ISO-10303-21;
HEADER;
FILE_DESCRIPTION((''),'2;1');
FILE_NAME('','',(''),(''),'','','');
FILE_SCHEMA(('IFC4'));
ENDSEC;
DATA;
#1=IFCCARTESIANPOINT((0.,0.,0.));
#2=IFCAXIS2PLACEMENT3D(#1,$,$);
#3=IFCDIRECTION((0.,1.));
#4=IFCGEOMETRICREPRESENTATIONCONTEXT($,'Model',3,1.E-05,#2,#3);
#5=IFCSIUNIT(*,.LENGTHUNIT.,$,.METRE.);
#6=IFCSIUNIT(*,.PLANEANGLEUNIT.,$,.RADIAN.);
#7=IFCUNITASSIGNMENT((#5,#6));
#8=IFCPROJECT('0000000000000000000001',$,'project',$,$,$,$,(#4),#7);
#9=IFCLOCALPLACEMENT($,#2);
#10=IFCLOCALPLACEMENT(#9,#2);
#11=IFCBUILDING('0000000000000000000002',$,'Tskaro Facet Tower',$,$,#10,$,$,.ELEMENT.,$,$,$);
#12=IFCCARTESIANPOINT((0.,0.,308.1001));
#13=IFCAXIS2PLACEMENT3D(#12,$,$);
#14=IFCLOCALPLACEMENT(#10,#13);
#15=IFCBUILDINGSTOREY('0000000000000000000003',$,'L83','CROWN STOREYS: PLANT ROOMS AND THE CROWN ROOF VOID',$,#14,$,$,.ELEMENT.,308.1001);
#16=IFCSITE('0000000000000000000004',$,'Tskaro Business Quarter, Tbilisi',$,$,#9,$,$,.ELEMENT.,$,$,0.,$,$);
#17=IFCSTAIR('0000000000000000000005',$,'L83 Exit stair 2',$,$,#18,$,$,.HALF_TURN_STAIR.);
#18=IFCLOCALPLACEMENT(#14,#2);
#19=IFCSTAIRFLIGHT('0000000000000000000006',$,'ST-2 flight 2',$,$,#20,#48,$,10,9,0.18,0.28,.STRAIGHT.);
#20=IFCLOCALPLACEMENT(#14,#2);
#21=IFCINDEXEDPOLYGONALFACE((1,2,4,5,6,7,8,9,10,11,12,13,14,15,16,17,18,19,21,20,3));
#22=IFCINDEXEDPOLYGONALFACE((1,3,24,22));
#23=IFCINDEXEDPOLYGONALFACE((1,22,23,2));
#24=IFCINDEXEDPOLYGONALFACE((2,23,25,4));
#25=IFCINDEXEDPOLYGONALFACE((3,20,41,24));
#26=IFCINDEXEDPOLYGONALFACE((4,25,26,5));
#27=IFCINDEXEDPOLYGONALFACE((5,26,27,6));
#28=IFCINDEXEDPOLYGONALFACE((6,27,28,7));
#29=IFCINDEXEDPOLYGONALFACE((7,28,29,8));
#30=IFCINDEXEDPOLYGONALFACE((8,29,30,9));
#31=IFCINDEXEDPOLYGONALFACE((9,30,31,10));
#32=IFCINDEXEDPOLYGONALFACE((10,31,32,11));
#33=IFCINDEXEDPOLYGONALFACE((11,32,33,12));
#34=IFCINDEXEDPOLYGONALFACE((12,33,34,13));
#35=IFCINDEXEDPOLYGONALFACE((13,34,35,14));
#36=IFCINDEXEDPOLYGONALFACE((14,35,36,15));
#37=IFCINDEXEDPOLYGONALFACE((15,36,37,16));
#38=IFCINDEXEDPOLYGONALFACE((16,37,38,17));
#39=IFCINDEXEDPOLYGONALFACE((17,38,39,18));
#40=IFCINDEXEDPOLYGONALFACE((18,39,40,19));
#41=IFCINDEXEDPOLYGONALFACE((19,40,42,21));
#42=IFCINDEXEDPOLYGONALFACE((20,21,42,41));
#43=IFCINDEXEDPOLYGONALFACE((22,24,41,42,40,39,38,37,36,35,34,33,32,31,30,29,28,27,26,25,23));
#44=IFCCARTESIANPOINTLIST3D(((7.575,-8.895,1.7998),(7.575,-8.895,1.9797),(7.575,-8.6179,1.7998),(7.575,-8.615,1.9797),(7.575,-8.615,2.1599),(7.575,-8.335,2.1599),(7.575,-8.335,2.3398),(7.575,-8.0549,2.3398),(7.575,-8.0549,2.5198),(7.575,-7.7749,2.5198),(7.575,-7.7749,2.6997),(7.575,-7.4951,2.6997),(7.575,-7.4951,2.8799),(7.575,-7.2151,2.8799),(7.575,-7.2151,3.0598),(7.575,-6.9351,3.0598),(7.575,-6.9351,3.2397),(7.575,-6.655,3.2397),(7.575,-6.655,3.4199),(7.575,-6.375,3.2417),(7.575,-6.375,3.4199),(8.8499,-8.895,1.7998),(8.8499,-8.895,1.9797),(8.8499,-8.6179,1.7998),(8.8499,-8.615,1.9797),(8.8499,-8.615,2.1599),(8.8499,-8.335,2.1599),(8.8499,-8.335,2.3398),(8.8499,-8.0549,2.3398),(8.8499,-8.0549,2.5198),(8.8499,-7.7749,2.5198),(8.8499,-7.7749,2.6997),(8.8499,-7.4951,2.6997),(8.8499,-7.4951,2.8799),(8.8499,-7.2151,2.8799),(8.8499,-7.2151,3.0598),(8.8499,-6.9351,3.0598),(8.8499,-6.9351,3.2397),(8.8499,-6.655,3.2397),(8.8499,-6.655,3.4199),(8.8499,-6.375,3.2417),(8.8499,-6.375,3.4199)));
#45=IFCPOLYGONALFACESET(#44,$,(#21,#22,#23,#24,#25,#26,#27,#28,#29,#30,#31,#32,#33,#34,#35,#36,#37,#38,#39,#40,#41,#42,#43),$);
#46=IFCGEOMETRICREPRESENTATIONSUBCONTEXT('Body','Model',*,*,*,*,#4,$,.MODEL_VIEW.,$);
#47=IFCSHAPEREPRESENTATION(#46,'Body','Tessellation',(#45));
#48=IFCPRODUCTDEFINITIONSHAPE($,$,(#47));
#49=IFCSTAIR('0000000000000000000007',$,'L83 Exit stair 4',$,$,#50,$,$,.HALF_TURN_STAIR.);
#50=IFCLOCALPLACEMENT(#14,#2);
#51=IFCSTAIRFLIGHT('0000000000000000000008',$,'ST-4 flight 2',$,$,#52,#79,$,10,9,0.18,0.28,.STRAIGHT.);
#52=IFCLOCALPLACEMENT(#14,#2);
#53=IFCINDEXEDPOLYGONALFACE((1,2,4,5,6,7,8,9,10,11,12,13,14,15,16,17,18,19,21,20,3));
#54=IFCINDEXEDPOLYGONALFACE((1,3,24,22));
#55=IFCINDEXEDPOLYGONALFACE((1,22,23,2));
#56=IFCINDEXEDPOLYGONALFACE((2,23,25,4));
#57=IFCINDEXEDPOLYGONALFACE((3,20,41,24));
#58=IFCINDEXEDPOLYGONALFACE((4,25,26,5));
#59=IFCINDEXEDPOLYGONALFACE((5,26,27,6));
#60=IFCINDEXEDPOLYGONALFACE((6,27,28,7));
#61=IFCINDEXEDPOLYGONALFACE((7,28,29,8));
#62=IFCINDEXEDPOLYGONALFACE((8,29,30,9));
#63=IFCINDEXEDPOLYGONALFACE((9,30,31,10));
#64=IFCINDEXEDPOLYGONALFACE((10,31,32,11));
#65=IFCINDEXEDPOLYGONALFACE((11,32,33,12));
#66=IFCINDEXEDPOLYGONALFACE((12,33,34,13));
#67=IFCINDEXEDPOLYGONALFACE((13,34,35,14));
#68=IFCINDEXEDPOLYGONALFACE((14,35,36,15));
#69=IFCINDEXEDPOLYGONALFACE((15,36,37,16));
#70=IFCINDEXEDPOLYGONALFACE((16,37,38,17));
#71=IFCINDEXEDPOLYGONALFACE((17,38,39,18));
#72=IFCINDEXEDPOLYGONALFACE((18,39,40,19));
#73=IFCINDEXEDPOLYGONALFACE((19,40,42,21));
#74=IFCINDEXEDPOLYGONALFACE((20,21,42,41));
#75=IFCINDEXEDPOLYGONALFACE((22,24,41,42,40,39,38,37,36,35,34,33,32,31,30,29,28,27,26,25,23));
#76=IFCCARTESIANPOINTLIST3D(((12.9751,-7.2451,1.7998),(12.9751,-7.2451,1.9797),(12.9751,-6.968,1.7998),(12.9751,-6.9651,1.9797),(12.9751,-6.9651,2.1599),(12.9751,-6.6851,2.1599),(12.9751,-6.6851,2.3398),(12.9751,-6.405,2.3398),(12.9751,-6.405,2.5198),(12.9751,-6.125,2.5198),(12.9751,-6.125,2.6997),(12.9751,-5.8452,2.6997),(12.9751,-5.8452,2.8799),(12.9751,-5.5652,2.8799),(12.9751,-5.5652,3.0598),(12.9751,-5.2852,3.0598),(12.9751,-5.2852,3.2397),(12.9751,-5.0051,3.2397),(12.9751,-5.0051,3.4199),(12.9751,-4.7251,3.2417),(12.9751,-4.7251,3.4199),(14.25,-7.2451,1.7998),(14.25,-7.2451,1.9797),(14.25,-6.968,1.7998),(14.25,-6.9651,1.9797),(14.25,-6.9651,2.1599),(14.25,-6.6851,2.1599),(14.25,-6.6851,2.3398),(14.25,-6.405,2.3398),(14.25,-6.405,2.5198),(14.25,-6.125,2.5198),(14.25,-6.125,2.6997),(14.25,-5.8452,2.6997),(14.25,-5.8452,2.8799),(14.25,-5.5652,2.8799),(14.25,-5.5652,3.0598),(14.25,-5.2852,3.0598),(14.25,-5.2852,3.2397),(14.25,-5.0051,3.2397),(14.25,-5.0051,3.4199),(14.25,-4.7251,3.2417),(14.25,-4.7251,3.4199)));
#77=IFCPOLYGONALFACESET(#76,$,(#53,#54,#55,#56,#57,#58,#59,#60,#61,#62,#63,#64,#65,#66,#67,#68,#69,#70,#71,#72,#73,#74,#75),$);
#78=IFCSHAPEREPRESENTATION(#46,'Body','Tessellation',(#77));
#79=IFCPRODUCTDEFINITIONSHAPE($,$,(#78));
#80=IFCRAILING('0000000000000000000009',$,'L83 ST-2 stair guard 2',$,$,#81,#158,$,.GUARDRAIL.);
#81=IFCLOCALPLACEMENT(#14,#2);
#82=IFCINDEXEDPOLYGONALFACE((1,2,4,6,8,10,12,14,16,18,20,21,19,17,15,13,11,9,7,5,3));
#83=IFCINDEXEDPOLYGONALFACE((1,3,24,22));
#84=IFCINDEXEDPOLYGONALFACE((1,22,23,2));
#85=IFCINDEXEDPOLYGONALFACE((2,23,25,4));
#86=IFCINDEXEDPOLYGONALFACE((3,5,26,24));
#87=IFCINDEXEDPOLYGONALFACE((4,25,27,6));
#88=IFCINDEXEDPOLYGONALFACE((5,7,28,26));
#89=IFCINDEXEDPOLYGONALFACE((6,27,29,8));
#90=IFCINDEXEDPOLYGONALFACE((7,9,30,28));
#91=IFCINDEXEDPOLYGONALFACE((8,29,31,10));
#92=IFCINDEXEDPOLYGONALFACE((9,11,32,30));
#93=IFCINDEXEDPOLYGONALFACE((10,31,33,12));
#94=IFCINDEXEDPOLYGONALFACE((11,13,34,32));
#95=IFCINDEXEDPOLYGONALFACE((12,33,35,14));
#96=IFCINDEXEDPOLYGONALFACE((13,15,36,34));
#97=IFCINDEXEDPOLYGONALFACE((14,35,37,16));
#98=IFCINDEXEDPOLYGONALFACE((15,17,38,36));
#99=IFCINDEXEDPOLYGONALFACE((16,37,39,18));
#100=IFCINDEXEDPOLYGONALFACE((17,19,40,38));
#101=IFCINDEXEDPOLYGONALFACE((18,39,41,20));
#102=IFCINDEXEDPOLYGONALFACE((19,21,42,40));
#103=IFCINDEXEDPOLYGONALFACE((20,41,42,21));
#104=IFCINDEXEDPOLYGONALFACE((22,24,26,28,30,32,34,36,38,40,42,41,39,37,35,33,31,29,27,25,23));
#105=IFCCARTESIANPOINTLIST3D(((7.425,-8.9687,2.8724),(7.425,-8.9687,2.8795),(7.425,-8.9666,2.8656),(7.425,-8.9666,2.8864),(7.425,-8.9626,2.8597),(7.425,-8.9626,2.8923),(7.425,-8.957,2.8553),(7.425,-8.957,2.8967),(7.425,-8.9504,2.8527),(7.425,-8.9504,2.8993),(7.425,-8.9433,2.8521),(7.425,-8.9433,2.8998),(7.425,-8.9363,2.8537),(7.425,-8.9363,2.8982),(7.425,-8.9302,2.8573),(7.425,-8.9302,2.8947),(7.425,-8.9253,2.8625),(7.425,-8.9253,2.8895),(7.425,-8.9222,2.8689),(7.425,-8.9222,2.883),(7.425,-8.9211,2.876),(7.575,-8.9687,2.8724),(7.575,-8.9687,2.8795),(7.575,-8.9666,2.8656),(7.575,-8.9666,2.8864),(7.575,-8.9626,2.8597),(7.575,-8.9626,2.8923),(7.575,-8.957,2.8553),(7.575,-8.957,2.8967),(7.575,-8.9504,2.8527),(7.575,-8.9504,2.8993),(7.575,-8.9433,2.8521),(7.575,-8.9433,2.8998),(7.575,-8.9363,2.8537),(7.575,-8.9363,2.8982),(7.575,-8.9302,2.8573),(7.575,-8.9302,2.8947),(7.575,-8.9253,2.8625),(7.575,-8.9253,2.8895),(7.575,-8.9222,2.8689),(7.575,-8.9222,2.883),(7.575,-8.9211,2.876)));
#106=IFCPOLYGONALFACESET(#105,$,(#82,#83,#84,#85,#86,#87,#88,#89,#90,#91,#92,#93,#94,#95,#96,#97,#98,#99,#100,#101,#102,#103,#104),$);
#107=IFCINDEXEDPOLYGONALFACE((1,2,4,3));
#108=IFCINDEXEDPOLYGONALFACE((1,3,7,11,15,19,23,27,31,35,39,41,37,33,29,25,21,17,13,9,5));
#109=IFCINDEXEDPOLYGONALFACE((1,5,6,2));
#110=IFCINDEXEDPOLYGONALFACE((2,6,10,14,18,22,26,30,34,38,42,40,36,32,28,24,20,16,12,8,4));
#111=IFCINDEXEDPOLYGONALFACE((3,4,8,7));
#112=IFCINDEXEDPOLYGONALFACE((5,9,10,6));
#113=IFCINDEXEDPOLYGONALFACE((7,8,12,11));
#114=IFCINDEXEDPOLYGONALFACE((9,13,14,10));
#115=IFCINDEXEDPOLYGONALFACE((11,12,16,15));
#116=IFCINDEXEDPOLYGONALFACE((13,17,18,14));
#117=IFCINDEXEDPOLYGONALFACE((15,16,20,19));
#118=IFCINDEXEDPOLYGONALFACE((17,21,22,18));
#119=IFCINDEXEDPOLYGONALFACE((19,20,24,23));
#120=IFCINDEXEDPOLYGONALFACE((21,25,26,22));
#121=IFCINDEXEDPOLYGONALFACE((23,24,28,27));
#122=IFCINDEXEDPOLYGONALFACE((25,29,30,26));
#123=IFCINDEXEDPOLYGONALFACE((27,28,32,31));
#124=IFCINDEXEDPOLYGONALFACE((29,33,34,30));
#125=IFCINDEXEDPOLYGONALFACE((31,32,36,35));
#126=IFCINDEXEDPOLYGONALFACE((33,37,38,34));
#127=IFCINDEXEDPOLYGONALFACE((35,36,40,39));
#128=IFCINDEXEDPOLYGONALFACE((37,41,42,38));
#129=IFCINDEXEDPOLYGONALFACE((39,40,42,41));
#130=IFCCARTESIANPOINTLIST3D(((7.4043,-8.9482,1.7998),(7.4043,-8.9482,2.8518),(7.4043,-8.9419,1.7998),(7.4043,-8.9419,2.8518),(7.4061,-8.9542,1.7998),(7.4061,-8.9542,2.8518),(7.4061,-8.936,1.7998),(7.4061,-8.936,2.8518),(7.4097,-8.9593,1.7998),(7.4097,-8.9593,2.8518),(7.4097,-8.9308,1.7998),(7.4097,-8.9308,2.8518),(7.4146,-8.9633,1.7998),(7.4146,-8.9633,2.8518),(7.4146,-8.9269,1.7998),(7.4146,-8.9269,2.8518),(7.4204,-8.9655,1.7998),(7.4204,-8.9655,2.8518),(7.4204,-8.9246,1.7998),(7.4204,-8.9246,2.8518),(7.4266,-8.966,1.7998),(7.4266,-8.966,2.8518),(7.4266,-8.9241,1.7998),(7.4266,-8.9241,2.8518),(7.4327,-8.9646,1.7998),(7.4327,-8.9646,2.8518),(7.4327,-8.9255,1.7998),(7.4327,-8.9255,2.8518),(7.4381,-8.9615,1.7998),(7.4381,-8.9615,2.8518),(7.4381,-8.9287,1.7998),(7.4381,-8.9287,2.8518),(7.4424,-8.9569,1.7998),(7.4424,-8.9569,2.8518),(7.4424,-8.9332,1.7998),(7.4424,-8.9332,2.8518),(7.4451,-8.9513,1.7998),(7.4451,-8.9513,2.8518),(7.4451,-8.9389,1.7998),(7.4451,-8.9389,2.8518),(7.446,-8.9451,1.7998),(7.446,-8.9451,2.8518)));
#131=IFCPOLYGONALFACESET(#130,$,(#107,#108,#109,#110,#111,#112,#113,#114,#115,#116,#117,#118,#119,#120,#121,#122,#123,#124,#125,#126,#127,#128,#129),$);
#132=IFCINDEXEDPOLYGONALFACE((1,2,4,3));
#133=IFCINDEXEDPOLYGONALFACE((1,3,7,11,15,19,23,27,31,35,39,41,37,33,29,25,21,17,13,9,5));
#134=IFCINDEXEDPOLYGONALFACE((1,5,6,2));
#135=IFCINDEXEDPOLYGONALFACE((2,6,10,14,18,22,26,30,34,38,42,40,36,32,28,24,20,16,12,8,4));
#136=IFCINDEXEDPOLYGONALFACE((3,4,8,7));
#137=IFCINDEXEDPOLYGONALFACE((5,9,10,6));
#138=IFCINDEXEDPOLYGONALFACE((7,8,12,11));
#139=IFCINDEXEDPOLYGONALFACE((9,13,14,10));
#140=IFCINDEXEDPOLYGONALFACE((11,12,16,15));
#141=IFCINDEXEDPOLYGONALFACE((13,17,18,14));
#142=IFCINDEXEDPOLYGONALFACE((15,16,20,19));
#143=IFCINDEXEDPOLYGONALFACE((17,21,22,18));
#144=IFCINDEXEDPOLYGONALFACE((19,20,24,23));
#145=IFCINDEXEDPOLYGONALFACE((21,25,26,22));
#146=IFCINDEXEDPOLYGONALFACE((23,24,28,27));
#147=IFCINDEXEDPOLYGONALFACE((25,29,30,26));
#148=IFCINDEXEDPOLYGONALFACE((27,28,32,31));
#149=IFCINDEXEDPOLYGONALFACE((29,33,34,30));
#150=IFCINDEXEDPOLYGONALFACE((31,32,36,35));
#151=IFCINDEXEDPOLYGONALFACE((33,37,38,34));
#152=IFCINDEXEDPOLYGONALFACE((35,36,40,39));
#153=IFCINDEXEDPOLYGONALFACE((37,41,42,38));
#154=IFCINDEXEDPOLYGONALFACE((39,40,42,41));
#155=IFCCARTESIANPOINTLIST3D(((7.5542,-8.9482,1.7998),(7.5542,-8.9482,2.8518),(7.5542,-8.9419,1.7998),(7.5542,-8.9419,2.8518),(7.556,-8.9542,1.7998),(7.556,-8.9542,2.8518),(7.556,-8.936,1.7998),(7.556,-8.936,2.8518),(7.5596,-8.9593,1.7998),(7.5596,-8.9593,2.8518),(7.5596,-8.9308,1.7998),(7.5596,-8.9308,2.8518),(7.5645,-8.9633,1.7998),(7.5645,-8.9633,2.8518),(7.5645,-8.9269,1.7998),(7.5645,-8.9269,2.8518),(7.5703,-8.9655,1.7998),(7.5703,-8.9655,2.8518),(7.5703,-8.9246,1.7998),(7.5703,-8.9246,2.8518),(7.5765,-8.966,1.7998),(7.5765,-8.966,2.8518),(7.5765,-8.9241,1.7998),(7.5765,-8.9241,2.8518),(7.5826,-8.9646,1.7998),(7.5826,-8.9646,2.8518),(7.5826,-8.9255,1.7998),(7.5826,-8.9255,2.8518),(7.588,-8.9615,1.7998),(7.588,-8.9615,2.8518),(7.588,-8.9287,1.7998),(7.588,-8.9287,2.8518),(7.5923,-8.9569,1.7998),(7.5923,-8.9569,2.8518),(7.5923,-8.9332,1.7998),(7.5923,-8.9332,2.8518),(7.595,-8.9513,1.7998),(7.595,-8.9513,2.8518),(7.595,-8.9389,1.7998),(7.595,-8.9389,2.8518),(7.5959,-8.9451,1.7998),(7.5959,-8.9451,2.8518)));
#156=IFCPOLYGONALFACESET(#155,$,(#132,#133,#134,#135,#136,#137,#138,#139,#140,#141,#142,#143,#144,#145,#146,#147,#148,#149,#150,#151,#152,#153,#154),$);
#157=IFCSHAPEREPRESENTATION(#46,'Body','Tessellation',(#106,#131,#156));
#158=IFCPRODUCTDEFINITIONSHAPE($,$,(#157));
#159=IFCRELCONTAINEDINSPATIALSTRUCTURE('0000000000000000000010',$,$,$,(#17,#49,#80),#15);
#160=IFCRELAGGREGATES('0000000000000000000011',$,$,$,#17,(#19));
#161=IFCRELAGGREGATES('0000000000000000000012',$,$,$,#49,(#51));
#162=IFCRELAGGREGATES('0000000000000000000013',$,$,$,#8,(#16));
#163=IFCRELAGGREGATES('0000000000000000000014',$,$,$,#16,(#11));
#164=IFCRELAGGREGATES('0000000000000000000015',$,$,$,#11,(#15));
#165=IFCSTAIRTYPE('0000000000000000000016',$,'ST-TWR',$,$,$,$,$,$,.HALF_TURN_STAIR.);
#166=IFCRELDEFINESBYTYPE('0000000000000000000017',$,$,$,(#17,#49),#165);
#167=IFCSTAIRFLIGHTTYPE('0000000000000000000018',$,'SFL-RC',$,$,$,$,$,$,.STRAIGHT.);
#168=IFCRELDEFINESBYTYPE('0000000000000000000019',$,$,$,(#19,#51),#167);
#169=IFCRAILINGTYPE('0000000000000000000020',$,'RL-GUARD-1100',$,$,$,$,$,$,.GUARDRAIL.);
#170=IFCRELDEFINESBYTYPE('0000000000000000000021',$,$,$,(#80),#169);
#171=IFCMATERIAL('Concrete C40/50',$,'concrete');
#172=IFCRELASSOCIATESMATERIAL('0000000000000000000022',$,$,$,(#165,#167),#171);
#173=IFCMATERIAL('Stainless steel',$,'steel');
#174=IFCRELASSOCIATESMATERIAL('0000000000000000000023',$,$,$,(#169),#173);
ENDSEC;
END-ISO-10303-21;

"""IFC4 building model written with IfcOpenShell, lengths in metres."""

from ifc_helpers import new_model, si_unit, direction, frame, origin, origin_2d, place, context, subcontext, project, spatial, polyline, circle, outline, extrude, material, type_object, element, aggregate, save


model = new_model("IFC4")

# Units and contexts
model_context = context("Model", 3, precision=1e-05, world=origin(), true_north=direction((0.0, 1.0)))
body_context = subcontext(model_context, "Body", "Model", "MODEL_VIEW")
ifc_project = project(units=[si_unit("LENGTHUNIT", "METRE"), si_unit("PLANEANGLEUNIT", "RADIAN")], contexts=[model_context])

# Site, building, storey
site_placement = place(None, origin())
site = spatial("IfcSite", under=ifc_project, at=site_placement, Name="Tskaro Business Quarter, Tbilisi", CompositionType="ELEMENT", RefElevation=0.0)
building_placement = place(site_placement, origin())
building = spatial("IfcBuilding", under=site, at=building_placement, Name="Tskaro Facet Tower", CompositionType="ELEMENT")
storey_placement = place(building_placement, frame((0.0, 0.0, 308.1001)))
storey = spatial("IfcBuildingStorey", under=building, at=storey_placement, Name="L83", Description="CROWN STOREYS: PLANT ROOMS AND THE CROWN ROOF VOID", CompositionType="ELEMENT", Elevation=308.1001)

# Shared definitions
ifc_material_1 = material(Name="Concrete C40/50", Category="concrete")

# Stairs, stair flights
stair_type = type_object("IfcStairType", Name="ST-TWR", PredefinedType="HALF_TURN_STAIR", material=ifc_material_1)
stair_1_placement = place(storey_placement, origin())
stair_1 = element("IfcStair", 1, at=stair_1_placement, inside=storey, type_object=stair_type, Name="L83 Exit stair 2", PredefinedType="HALF_TURN_STAIR")
stair_flight_type = type_object("IfcStairFlightType", Name="SFL-RC", PredefinedType="STRAIGHT", material=ifc_material_1)
stair_flight_1_placement = place(storey_placement, frame((8.2124, -8.895, 1.7998), z_axis=(0.0, 0.0, 1.0), x_axis=(0.0, 1.0, 0.0)))
stair_flight_1 = element("IfcStairFlight", 2, at=stair_flight_1_placement, type_object=stair_flight_type, Name="ST-2 flight 2", NumberOfRisers=10, NumberOfTreads=9, PredefinedType="STRAIGHT", RiserHeight=0.18, TreadLength=0.28, context=body_context, shape_type="SweptSolid", body=[
    extrude(outline(polyline([(0.0, 0.0), (0.0, 0.1799), (0.28, 0.1799), (0.28, 0.3601), (0.5601, 0.3601), (0.5601, 0.54), (0.8401, 0.54), (0.8401, 0.72), (1.1201, 0.72), (1.1201, 0.8999), (1.3999, 0.8999), (1.3999, 1.0801), (1.6799, 1.0801), (1.6799, 1.26), (1.96, 1.26), (1.96, 1.4399), (2.24, 1.4399), (2.24, 1.6201), (2.52, 1.6201), (2.52, 1.8), (2.52, 1.4419), (0.2771, 0.0), (0.0, 0.0)])), frame((0.0, 0.6375, 0.0), z_axis=(0.0, -1.0, 0.0), x_axis=(1.0, 0.0, 0.0)), (0.0, 0.0, 1.0), 1.2749),
])
aggregate(stair_1, [stair_flight_1])
stair_2_placement = place(storey_placement, origin())
stair_2 = element("IfcStair", 3, at=stair_2_placement, inside=storey, type_object=stair_type, Name="L83 Exit stair 4", PredefinedType="HALF_TURN_STAIR")
stair_flight_2_placement = place(storey_placement, frame((13.6125, -7.2451, 1.7998), z_axis=(0.0, 0.0, 1.0), x_axis=(0.0, 1.0, 0.0)))
stair_flight_2 = element("IfcStairFlight", 4, at=stair_flight_2_placement, type_object=stair_flight_type, Name="ST-4 flight 2", NumberOfRisers=10, NumberOfTreads=9, PredefinedType="STRAIGHT", RiserHeight=0.18, TreadLength=0.28, context=body_context, shape_type="SweptSolid", body=[
    extrude(outline(polyline([(0.0, 0.0), (0.0, 0.1799), (0.28, 0.1799), (0.28, 0.3601), (0.5601, 0.3601), (0.5601, 0.54), (0.8401, 0.54), (0.8401, 0.72), (1.1201, 0.72), (1.1201, 0.8999), (1.3999, 0.8999), (1.3999, 1.0801), (1.6799, 1.0801), (1.6799, 1.26), (1.96, 1.26), (1.96, 1.4399), (2.24, 1.4399), (2.24, 1.6201), (2.52, 1.6201), (2.52, 1.8), (2.52, 1.4419), (0.2771, 0.0), (0.0, 0.0)])), frame((0.0, 0.6375, 0.0), z_axis=(0.0, -1.0, 0.0), x_axis=(1.0, 0.0, 0.0)), (0.0, 0.0, 1.0), 1.2749),
])
aggregate(stair_2, [stair_flight_2])

# Railing
ifc_material_2 = material(Name="Stainless steel", Category="steel")
railing_type_1 = type_object("IfcRailingType", Name="RL-GUARD-1100", PredefinedType="GUARDRAIL", material=ifc_material_2)
railing_1_placement = place(storey_placement, frame((7.425, -8.9451, 1.7998)))
element("IfcRailing", 5, at=railing_1_placement, inside=storey, type_object=railing_type_1, Name="L83 ST-2 stair guard 2", PredefinedType="GUARDRAIL", context=body_context, shape_type="SweptSolid", body=[
    extrude(circle(Radius=0.0239, at=origin_2d()), frame((0.0, 0.0, 1.0762), z_axis=(1.0, 0.0, 0.0), x_axis=(0.0, 1.0, 0.0)), (0.0, 0.0, 1.0), 0.1499),
    extrude(circle(Radius=0.021, at=origin_2d()), origin(), (0.0, 0.0, 1.0), 1.052),
    extrude(circle(Radius=0.021, at=origin_2d()), frame((0.1499, 0.0, 0.0)), (0.0, 0.0, 1.0), 1.052),
])

save(model, "model.ifc")
